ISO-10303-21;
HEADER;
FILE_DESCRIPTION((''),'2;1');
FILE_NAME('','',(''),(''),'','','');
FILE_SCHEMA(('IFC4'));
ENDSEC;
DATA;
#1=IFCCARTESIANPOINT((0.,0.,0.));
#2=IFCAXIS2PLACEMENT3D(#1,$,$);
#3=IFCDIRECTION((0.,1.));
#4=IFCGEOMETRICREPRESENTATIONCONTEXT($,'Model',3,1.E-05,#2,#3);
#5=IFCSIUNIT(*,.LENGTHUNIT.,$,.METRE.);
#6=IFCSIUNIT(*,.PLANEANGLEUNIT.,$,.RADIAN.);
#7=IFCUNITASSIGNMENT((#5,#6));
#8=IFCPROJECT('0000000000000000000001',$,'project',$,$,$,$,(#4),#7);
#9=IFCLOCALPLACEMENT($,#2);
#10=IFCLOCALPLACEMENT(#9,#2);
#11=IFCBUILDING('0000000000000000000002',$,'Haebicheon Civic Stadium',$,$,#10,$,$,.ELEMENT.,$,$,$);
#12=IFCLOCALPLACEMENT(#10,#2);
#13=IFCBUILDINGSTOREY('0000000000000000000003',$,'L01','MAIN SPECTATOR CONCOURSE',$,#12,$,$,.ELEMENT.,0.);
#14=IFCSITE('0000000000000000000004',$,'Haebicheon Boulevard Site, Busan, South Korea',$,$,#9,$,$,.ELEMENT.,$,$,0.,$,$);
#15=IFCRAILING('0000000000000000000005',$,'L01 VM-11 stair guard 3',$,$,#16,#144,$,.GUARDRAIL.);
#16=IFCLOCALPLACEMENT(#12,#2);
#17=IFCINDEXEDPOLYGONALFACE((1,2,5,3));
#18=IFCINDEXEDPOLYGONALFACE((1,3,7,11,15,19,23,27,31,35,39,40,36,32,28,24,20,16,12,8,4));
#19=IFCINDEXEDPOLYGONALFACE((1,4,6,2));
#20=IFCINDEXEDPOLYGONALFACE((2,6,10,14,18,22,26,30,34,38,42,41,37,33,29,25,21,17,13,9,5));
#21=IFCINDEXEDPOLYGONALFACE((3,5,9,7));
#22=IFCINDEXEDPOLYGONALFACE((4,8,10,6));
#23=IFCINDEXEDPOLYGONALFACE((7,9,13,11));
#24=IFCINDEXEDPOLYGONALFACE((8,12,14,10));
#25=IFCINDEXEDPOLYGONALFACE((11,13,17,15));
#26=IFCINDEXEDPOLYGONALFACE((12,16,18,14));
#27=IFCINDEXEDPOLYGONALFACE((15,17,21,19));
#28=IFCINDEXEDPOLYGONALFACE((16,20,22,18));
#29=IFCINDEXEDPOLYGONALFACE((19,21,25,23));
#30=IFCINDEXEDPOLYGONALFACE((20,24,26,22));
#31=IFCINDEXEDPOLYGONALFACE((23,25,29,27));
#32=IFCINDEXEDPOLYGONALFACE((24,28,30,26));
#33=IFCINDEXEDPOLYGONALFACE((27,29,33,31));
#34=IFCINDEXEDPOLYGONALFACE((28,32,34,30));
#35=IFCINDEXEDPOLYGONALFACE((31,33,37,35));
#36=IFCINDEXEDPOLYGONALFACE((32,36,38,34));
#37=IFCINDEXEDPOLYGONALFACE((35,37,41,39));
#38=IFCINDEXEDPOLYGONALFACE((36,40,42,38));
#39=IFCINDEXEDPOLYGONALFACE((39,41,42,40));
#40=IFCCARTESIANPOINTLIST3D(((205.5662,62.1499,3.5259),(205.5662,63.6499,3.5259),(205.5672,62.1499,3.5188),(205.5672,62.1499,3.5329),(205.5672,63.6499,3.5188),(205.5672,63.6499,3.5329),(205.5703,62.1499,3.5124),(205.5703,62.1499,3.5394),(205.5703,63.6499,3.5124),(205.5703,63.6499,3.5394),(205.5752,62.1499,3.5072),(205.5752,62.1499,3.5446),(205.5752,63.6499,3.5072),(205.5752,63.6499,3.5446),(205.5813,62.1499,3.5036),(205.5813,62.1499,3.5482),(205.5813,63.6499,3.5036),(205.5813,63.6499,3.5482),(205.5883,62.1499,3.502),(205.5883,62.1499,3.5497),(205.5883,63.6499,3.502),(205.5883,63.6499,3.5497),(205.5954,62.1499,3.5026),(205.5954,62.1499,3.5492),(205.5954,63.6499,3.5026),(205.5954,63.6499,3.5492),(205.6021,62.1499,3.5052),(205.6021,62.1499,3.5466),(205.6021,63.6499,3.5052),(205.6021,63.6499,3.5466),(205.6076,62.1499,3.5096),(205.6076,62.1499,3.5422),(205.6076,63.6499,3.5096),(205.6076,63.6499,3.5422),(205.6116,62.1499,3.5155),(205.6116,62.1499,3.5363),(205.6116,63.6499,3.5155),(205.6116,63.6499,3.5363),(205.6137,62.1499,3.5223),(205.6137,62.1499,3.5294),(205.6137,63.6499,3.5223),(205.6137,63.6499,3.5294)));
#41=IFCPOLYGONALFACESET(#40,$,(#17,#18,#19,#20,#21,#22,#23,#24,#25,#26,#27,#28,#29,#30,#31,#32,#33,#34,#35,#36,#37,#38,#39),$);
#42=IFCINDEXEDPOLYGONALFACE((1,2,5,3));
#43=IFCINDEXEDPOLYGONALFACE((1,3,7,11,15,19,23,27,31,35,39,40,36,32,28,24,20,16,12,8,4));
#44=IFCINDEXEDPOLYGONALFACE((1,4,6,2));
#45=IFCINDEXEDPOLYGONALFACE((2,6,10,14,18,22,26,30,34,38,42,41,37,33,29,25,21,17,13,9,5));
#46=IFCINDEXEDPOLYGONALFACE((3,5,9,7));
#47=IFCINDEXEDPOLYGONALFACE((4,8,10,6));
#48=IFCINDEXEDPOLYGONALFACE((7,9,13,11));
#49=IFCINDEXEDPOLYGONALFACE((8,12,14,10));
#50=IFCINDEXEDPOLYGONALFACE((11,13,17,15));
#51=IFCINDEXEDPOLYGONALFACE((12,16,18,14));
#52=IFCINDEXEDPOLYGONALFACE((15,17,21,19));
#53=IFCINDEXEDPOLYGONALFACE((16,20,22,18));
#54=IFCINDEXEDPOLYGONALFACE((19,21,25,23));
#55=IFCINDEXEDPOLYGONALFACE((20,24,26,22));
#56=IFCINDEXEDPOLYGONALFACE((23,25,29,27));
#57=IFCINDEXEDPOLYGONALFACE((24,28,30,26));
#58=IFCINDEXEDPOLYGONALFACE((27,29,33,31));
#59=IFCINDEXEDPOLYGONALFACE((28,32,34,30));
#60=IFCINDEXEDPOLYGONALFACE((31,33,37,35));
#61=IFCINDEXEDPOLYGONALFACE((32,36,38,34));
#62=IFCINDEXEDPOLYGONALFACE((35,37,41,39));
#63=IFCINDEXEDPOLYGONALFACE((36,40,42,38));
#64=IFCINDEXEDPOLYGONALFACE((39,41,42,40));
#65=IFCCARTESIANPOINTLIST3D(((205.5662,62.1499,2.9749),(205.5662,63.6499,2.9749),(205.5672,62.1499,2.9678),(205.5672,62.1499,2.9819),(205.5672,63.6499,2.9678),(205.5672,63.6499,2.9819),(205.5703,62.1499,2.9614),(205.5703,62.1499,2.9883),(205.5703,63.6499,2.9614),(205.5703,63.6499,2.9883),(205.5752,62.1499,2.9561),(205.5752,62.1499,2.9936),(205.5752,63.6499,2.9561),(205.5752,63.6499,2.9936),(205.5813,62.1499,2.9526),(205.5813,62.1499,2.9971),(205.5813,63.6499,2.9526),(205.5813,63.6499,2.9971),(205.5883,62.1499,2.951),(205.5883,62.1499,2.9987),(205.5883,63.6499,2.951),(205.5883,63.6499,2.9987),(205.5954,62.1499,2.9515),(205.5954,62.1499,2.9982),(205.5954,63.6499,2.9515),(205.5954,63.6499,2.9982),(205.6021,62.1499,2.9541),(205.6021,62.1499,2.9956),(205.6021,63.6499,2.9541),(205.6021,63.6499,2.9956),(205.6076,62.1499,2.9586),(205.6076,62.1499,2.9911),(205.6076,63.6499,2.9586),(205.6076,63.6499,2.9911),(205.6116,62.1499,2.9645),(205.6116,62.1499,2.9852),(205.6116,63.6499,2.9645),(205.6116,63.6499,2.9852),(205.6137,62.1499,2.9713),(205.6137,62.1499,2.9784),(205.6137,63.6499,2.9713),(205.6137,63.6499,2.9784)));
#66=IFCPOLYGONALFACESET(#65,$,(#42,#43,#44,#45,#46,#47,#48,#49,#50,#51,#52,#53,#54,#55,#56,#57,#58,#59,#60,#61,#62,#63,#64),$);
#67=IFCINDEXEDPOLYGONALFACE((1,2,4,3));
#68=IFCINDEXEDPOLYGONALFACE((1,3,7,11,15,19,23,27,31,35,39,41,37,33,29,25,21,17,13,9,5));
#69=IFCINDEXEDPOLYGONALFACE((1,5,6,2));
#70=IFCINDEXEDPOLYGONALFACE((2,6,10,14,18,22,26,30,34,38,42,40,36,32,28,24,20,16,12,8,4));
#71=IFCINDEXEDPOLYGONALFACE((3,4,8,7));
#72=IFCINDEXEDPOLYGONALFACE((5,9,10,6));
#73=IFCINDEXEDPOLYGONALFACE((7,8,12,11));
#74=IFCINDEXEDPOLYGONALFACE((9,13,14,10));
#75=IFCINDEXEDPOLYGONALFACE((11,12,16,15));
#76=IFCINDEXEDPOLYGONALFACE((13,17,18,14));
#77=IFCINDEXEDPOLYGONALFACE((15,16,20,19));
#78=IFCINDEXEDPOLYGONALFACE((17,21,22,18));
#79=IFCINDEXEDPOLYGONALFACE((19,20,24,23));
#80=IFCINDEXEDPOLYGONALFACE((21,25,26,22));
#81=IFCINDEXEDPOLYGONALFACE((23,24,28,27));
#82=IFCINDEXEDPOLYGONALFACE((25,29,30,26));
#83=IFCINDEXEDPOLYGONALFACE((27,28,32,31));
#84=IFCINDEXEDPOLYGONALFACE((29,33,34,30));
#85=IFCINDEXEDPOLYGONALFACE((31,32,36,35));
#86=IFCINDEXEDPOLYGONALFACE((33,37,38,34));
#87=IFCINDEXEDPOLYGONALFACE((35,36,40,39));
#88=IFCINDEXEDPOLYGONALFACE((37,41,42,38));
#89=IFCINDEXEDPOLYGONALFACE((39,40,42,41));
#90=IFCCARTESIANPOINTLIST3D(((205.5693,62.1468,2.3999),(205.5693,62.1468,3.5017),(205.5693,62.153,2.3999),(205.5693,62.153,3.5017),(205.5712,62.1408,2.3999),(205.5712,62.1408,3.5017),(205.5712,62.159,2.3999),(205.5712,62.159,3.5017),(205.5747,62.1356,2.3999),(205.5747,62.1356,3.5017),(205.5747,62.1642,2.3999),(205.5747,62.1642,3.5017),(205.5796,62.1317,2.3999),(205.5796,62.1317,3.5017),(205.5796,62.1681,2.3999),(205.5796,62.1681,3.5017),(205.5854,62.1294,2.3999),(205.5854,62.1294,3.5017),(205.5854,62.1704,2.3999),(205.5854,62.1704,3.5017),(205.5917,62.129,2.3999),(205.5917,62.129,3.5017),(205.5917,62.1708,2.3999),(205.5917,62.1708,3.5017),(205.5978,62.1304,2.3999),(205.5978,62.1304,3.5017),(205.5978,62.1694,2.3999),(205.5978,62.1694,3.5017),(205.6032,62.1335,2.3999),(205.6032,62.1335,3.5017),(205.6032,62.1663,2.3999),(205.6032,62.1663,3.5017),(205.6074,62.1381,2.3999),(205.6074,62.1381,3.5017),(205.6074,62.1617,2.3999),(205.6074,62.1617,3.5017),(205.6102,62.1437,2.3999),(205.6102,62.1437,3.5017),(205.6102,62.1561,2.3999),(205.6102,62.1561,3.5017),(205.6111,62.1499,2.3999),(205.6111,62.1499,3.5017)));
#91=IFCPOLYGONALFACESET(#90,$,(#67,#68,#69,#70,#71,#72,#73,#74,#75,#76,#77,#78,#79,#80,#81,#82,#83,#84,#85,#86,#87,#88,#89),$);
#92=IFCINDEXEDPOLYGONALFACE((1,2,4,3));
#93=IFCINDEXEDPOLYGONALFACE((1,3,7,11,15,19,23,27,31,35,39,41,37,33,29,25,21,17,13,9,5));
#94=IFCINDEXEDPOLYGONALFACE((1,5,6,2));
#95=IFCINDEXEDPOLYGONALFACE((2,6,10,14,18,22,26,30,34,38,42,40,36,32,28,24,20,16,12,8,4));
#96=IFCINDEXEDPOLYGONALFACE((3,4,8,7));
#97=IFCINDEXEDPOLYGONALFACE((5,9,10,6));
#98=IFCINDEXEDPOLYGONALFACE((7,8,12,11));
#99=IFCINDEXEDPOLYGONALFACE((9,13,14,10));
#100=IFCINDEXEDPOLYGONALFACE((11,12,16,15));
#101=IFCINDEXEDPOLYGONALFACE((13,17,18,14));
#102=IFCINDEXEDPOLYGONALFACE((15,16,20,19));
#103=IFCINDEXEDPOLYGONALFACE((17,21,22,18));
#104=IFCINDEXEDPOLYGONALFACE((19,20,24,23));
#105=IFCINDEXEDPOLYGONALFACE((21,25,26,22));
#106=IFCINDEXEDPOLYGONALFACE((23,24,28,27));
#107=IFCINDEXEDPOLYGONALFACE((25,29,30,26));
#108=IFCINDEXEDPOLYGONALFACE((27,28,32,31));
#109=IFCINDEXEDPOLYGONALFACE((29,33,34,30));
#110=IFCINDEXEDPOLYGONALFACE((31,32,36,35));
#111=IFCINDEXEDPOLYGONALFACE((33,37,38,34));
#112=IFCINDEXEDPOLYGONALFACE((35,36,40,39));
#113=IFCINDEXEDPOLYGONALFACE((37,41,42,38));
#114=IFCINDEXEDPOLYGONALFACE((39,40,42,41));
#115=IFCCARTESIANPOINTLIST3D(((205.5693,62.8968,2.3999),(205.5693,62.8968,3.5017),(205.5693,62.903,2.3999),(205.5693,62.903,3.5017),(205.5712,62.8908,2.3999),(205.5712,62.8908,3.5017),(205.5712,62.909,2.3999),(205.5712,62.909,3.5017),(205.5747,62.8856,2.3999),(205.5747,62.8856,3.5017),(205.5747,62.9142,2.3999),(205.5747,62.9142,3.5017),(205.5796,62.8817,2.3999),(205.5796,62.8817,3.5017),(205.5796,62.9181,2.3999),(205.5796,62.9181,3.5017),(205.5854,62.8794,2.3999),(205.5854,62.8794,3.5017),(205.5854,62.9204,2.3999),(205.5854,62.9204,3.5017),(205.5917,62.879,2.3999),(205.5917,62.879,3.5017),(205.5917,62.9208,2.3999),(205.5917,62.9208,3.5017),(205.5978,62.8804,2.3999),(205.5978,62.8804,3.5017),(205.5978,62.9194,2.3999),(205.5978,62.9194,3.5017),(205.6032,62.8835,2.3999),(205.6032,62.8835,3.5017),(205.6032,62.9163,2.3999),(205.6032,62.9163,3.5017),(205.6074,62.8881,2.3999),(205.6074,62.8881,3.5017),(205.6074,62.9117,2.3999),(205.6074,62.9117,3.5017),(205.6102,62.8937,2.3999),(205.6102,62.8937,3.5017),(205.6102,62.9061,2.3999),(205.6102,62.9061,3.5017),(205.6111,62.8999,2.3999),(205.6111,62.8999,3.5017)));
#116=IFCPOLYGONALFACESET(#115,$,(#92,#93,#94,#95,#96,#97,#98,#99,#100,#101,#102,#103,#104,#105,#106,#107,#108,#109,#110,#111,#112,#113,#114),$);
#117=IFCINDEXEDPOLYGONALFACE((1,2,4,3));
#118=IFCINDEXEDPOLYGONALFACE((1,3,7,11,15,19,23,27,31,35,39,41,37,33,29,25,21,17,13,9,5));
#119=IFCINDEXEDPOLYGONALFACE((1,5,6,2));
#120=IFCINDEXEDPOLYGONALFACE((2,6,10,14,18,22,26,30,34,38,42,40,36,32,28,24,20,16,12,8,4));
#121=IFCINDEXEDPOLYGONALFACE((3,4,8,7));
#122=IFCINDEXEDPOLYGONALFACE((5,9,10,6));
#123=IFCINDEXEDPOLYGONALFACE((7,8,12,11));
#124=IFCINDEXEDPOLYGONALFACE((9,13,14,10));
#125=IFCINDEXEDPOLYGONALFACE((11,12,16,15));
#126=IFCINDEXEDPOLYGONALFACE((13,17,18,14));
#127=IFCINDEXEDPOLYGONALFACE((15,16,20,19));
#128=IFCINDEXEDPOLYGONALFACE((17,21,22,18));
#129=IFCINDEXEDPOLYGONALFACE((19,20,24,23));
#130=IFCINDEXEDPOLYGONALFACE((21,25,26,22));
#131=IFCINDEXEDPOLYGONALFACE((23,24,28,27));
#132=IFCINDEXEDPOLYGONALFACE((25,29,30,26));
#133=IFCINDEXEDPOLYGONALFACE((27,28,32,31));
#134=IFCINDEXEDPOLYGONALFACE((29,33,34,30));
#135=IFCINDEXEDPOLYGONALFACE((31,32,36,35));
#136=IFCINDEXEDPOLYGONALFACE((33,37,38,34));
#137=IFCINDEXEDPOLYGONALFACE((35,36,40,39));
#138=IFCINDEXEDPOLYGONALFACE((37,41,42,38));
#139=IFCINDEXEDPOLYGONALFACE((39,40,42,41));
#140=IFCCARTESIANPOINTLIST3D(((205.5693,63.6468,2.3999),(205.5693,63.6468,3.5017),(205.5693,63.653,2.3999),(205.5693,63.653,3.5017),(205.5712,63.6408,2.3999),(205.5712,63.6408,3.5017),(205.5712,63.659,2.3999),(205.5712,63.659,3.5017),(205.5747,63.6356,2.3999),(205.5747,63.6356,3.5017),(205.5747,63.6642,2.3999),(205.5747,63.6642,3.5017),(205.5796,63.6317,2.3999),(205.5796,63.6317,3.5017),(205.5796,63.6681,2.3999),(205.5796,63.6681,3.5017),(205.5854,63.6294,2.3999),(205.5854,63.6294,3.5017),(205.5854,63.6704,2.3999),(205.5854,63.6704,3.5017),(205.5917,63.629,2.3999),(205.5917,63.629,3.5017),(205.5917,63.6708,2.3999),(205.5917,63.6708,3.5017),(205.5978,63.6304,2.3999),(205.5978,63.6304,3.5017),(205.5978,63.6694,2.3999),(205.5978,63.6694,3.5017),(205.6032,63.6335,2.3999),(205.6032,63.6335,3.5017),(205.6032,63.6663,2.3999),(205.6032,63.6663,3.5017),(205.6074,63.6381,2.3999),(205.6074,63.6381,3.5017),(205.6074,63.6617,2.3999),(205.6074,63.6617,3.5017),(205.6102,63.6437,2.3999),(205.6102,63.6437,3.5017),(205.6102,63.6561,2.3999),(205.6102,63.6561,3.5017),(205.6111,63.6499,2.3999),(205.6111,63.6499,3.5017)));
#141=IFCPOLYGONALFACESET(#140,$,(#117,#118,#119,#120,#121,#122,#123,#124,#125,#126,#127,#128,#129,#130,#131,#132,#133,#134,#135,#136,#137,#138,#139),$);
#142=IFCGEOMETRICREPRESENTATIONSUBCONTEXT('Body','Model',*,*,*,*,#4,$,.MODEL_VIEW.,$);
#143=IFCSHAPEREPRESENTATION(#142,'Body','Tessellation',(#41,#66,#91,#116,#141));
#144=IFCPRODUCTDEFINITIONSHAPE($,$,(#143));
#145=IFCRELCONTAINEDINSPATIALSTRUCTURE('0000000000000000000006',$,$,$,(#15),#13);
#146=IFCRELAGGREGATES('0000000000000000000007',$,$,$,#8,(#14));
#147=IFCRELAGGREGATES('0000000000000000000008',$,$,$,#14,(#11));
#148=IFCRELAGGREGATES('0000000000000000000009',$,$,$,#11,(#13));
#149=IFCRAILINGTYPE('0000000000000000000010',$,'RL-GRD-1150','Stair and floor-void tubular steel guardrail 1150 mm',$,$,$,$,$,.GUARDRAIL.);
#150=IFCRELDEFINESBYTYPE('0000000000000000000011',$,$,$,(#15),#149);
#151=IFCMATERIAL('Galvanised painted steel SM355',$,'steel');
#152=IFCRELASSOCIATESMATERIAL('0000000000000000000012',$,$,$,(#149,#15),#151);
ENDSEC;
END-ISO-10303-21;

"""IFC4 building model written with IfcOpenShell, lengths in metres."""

from ifc_helpers import new_model, si_unit, direction, frame, origin, origin_2d, place, context, subcontext, project, spatial, circle, extrude, material, type_object, element, save


model = new_model("IFC4")

# Units and contexts
model_context = context("Model", 3, precision=1e-05, world=origin(), true_north=direction((0.0, 1.0)))
body_context = subcontext(model_context, "Body", "Model", "MODEL_VIEW")
ifc_project = project(units=[si_unit("LENGTHUNIT", "METRE"), si_unit("PLANEANGLEUNIT", "RADIAN")], contexts=[model_context])

# Site, building, storey
site_placement = place(None, origin())
site = spatial("IfcSite", under=ifc_project, at=site_placement, Name="Haebicheon Boulevard Site, Busan, South Korea", CompositionType="ELEMENT", RefElevation=0.0)
building_placement = place(site_placement, origin())
building = spatial("IfcBuilding", under=site, at=building_placement, Name="Haebicheon Civic Stadium", CompositionType="ELEMENT")
storey_placement = place(building_placement, origin())
storey = spatial("IfcBuildingStorey", under=building, at=storey_placement, Name="L01", Description="MAIN SPECTATOR CONCOURSE", CompositionType="ELEMENT", Elevation=0.0)

# Railing
ifc_material_1 = material(Name="Galvanised painted steel SM355", Category="steel")
railing_type_1 = type_object("IfcRailingType", Name="RL-GRD-1150", Description="Stair and floor-void tubular steel guardrail 1150 mm", PredefinedType="GUARDRAIL", material=ifc_material_1)
railing_1_placement = place(storey_placement, frame((205.5901, 62.1499, 2.3999)))
element("IfcRailing", 1, at=railing_1_placement, inside=storey, type_object=railing_type_1, material=ifc_material_1, Name="L01 VM-11 stair guard 3", PredefinedType="GUARDRAIL", context=body_context, shape_type="SweptSolid", body=[
    extrude(circle(Radius=0.0239, at=origin_2d()), frame((0.0, 0.0, 1.126), z_axis=(0.0, 1.0, 0.0), x_axis=(-1.0, 0.0, 0.0)), (0.0, 0.0, 1.0), 1.5),
    extrude(circle(Radius=0.0239, at=origin_2d()), frame((0.0, 0.0, 0.575), z_axis=(0.0, 1.0, 0.0), x_axis=(-1.0, 0.0, 0.0)), (0.0, 0.0, 1.0), 1.5),
    extrude(circle(Radius=0.021, at=origin_2d()), origin(), (0.0, 0.0, 1.0), 1.1018),
    extrude(circle(Radius=0.021, at=origin_2d()), frame((0.0, 0.75, 0.0)), (0.0, 0.0, 1.0), 1.1018),
    extrude(circle(Radius=0.021, at=origin_2d()), frame((0.0, 1.5, 0.0)), (0.0, 0.0, 1.0), 1.1018),
])

save(model, "model.ifc")
